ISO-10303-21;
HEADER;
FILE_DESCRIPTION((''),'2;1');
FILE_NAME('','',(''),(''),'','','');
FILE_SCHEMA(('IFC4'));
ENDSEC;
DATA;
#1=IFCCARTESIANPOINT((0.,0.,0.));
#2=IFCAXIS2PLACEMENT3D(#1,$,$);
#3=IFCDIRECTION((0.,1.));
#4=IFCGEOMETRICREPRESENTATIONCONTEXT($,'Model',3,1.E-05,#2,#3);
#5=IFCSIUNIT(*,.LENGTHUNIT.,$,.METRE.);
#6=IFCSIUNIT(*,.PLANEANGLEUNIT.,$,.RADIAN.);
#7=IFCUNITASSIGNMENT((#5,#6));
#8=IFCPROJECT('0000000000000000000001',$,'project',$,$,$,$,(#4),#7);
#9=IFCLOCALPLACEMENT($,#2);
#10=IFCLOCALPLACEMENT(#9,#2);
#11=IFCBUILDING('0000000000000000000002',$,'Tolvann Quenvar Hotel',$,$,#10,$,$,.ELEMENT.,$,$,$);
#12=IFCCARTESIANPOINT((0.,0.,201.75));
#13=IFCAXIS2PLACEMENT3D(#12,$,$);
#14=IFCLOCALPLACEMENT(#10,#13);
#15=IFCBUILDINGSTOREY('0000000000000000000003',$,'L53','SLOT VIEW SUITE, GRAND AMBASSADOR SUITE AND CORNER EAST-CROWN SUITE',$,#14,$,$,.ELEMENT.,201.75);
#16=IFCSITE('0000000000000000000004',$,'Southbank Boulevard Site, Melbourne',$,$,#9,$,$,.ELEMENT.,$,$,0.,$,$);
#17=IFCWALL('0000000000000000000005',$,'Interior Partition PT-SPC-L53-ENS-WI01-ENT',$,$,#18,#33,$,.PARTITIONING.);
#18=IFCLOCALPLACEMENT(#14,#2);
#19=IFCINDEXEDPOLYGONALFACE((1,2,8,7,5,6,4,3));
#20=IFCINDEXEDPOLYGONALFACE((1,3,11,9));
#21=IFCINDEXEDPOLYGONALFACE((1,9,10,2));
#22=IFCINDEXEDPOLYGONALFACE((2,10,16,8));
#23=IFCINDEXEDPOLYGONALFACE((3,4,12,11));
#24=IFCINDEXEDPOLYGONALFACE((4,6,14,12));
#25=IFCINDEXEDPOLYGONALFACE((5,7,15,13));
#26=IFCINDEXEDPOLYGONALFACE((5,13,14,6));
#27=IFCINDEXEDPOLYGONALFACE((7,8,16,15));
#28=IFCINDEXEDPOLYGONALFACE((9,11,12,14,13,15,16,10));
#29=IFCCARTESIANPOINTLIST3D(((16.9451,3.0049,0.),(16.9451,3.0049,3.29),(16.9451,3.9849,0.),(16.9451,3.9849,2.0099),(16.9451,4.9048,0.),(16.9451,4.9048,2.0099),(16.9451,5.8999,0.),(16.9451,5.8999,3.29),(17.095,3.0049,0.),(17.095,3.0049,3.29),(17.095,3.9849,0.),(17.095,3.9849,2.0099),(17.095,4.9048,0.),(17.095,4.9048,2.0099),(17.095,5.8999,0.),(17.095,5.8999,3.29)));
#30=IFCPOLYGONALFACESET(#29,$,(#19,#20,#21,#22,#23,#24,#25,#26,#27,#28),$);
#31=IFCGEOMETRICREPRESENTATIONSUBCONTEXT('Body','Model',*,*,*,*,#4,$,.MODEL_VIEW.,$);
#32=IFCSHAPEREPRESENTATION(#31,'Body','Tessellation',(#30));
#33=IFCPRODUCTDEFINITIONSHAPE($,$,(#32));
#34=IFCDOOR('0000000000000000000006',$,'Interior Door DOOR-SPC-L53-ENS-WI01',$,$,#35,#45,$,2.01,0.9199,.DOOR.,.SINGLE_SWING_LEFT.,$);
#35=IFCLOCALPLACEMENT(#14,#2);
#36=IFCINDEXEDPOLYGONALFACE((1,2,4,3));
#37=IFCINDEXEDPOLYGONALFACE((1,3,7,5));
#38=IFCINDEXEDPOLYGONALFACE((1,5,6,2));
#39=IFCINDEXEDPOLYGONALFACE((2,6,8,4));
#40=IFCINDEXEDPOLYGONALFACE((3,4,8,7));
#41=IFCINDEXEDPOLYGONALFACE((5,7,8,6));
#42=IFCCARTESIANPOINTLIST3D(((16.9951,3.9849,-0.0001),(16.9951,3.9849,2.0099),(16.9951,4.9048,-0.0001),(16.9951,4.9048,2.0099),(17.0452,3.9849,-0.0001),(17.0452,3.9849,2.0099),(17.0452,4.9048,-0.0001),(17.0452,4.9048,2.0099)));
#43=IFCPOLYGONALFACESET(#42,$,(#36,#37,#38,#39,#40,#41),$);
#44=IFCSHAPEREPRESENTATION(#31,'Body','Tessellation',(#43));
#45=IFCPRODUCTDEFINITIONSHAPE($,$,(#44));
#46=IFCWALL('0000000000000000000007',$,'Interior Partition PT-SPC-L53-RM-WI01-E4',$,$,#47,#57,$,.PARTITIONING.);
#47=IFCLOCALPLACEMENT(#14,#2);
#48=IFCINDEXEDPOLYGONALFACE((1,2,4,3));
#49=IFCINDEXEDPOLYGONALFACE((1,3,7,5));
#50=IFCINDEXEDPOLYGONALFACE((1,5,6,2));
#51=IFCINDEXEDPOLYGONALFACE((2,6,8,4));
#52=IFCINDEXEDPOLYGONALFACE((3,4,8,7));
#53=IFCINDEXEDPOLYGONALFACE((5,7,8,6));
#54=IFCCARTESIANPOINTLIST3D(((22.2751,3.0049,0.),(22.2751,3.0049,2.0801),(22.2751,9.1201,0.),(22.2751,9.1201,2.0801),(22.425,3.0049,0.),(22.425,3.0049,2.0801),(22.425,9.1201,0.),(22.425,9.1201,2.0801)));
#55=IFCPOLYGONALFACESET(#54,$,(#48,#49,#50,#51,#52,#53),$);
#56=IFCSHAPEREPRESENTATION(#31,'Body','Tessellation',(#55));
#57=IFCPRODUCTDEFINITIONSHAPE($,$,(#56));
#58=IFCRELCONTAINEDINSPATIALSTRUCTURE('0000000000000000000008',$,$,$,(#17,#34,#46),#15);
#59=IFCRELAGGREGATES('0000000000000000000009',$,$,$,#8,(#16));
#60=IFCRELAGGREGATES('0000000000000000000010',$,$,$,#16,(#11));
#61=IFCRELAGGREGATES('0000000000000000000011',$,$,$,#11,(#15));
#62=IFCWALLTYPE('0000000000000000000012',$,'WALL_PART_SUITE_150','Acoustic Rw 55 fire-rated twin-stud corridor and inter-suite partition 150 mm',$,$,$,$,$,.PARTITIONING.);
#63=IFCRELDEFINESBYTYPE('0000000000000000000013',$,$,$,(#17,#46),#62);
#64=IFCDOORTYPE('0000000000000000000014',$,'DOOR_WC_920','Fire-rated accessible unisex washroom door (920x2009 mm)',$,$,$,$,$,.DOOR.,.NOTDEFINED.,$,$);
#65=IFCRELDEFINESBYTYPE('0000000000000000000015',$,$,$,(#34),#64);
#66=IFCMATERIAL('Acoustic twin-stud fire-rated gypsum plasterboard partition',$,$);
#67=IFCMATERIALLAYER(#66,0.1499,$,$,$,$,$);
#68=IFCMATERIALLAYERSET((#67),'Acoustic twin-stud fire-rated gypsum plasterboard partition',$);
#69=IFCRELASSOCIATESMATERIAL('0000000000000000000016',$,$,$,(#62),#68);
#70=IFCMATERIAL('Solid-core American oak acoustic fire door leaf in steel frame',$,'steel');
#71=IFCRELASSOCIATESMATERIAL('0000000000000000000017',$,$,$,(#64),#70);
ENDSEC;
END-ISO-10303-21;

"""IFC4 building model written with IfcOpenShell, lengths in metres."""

from ifc_helpers import new_model, si_unit, direction, frame, frame_2d, origin, place, context, subcontext, project, spatial, rectangle, extrude, source, transform, mapped, material, layer, layer_set, type_object, type_shapes, element, fill, save


model = new_model("IFC4")

# Units and contexts
model_context = context("Model", 3, precision=1e-05, world=origin(), true_north=direction((0.0, 1.0)))
body_context = subcontext(model_context, "Body", "Model", "MODEL_VIEW")
ifc_project = project(units=[si_unit("LENGTHUNIT", "METRE"), si_unit("PLANEANGLEUNIT", "RADIAN")], contexts=[model_context])

# Site, building, storey
site_placement = place(None, origin())
site = spatial("IfcSite", under=ifc_project, at=site_placement, Name="Southbank Boulevard Site, Melbourne", CompositionType="ELEMENT", RefElevation=0.0)
building_placement = place(site_placement, origin())
building = spatial("IfcBuilding", under=site, at=building_placement, Name="Tolvann Quenvar Hotel", CompositionType="ELEMENT")
storey_placement = place(building_placement, frame((0.0, 0.0, 201.75)))
storey = spatial("IfcBuildingStorey", under=building, at=storey_placement, Name="L53", Description="SLOT VIEW SUITE, GRAND AMBASSADOR SUITE AND CORNER EAST-CROWN SUITE", CompositionType="ELEMENT", Elevation=201.75)

# Wall, opening, door
ifc_material_1 = material(Name="Acoustic twin-stud fire-rated gypsum plasterboard partition")
ifc_layer_1 = layer(ifc_material_1, 0.1499)
ifc_layer_set_1 = layer_set([ifc_layer_1], Name="Acoustic twin-stud fire-rated gypsum plasterboard partition")
wall_type = type_object("IfcWallType", Name="WALL_PART_SUITE_150", Description="Acoustic Rw 55 fire-rated twin-stud corridor and inter-suite partition 150 mm", PredefinedType="PARTITIONING", material=ifc_layer_set_1)
wall_1_placement = place(storey_placement, frame((17.02, 3.0049, 0.0), z_axis=(0.0, 0.0, 1.0), x_axis=(0.0, 1.0, 0.0)))
wall_1 = element("IfcWall", 1, at=wall_1_placement, inside=storey, type_object=wall_type, Name="Interior Partition PT-SPC-L53-ENS-WI01-ENT", PredefinedType="PARTITIONING", context=body_context, shape_type="SweptSolid", body=[
    extrude(rectangle(XDim=2.895, YDim=0.1499, at=frame_2d((1.4475, 0.0))), origin(), (0.0, 0.0, 1.0), 3.29),
])
opening_placement = place(wall_1_placement, frame((0.98, 0.0, 0.0)))
opening = element("IfcOpeningElement", 2, at=opening_placement, cuts=wall_1, PredefinedType="OPENING", context=body_context, shape_type="SweptSolid", body=[
    extrude(rectangle(XDim=0.9199, YDim=2.01, at=frame_2d((0.46, 1.0049))), frame((0.0, 0.085, 0.0), z_axis=(0.0, -1.0, 0.0), x_axis=(1.0, 0.0, 0.0)), (0.0, 0.0, 1.0), 0.1699),
])
ifc_material_2 = material(Name="Solid-core American oak acoustic fire door leaf in steel frame", Category="steel")
door_type = type_object("IfcDoorType", Name="DOOR_WC_920", Description="Fire-rated accessible unisex washroom door (920x2009 mm)", OperationType="NOTDEFINED", PredefinedType="DOOR", material=ifc_material_2)
shared_shape_1 = source(origin(), body_context, "Body", "SweptSolid", [
    extrude(rectangle(XDim=0.9199, YDim=2.01, at=frame_2d((0.46, 1.0049))), frame((0.0, 0.0249, 0.0), z_axis=(0.0, -1.0, 0.0), x_axis=(1.0, 0.0, 0.0)), (0.0, 0.0, 1.0), 0.05),
])
type_shapes(door_type, [shared_shape_1])
door_placement = place(opening_placement, origin())
door = element("IfcDoor", 3, at=door_placement, inside=storey, type_object=door_type, Name="Interior Door DOOR-SPC-L53-ENS-WI01", OperationType="SINGLE_SWING_LEFT", OverallHeight=2.01, OverallWidth=0.9199, PredefinedType="DOOR", context=body_context, shape_type="MappedRepresentation", body=[
    mapped(shared_shape_1, transform((0.0, 0.0, 0.0), x_axis=(1.0, 0.0, 0.0), y_axis=(0.0, 1.0, 0.0), z_axis=(0.0, 0.0, 1.0), scale=1.0)),
])
fill(opening, door)

# Wall
wall_2_placement = place(storey_placement, frame((22.3501, 3.0049, 0.0), z_axis=(0.0, 0.0, 1.0), x_axis=(0.0, 1.0, 0.0)))
element("IfcWall", 4, at=wall_2_placement, inside=storey, type_object=wall_type, Name="Interior Partition PT-SPC-L53-RM-WI01-E4", PredefinedType="PARTITIONING", context=body_context, shape_type="SweptSolid", body=[
    extrude(rectangle(XDim=6.1152, YDim=0.1499, at=frame_2d((3.0576, 0.0))), origin(), (0.0, 0.0, 1.0), 2.0801),
])

save(model, "model.ifc")
